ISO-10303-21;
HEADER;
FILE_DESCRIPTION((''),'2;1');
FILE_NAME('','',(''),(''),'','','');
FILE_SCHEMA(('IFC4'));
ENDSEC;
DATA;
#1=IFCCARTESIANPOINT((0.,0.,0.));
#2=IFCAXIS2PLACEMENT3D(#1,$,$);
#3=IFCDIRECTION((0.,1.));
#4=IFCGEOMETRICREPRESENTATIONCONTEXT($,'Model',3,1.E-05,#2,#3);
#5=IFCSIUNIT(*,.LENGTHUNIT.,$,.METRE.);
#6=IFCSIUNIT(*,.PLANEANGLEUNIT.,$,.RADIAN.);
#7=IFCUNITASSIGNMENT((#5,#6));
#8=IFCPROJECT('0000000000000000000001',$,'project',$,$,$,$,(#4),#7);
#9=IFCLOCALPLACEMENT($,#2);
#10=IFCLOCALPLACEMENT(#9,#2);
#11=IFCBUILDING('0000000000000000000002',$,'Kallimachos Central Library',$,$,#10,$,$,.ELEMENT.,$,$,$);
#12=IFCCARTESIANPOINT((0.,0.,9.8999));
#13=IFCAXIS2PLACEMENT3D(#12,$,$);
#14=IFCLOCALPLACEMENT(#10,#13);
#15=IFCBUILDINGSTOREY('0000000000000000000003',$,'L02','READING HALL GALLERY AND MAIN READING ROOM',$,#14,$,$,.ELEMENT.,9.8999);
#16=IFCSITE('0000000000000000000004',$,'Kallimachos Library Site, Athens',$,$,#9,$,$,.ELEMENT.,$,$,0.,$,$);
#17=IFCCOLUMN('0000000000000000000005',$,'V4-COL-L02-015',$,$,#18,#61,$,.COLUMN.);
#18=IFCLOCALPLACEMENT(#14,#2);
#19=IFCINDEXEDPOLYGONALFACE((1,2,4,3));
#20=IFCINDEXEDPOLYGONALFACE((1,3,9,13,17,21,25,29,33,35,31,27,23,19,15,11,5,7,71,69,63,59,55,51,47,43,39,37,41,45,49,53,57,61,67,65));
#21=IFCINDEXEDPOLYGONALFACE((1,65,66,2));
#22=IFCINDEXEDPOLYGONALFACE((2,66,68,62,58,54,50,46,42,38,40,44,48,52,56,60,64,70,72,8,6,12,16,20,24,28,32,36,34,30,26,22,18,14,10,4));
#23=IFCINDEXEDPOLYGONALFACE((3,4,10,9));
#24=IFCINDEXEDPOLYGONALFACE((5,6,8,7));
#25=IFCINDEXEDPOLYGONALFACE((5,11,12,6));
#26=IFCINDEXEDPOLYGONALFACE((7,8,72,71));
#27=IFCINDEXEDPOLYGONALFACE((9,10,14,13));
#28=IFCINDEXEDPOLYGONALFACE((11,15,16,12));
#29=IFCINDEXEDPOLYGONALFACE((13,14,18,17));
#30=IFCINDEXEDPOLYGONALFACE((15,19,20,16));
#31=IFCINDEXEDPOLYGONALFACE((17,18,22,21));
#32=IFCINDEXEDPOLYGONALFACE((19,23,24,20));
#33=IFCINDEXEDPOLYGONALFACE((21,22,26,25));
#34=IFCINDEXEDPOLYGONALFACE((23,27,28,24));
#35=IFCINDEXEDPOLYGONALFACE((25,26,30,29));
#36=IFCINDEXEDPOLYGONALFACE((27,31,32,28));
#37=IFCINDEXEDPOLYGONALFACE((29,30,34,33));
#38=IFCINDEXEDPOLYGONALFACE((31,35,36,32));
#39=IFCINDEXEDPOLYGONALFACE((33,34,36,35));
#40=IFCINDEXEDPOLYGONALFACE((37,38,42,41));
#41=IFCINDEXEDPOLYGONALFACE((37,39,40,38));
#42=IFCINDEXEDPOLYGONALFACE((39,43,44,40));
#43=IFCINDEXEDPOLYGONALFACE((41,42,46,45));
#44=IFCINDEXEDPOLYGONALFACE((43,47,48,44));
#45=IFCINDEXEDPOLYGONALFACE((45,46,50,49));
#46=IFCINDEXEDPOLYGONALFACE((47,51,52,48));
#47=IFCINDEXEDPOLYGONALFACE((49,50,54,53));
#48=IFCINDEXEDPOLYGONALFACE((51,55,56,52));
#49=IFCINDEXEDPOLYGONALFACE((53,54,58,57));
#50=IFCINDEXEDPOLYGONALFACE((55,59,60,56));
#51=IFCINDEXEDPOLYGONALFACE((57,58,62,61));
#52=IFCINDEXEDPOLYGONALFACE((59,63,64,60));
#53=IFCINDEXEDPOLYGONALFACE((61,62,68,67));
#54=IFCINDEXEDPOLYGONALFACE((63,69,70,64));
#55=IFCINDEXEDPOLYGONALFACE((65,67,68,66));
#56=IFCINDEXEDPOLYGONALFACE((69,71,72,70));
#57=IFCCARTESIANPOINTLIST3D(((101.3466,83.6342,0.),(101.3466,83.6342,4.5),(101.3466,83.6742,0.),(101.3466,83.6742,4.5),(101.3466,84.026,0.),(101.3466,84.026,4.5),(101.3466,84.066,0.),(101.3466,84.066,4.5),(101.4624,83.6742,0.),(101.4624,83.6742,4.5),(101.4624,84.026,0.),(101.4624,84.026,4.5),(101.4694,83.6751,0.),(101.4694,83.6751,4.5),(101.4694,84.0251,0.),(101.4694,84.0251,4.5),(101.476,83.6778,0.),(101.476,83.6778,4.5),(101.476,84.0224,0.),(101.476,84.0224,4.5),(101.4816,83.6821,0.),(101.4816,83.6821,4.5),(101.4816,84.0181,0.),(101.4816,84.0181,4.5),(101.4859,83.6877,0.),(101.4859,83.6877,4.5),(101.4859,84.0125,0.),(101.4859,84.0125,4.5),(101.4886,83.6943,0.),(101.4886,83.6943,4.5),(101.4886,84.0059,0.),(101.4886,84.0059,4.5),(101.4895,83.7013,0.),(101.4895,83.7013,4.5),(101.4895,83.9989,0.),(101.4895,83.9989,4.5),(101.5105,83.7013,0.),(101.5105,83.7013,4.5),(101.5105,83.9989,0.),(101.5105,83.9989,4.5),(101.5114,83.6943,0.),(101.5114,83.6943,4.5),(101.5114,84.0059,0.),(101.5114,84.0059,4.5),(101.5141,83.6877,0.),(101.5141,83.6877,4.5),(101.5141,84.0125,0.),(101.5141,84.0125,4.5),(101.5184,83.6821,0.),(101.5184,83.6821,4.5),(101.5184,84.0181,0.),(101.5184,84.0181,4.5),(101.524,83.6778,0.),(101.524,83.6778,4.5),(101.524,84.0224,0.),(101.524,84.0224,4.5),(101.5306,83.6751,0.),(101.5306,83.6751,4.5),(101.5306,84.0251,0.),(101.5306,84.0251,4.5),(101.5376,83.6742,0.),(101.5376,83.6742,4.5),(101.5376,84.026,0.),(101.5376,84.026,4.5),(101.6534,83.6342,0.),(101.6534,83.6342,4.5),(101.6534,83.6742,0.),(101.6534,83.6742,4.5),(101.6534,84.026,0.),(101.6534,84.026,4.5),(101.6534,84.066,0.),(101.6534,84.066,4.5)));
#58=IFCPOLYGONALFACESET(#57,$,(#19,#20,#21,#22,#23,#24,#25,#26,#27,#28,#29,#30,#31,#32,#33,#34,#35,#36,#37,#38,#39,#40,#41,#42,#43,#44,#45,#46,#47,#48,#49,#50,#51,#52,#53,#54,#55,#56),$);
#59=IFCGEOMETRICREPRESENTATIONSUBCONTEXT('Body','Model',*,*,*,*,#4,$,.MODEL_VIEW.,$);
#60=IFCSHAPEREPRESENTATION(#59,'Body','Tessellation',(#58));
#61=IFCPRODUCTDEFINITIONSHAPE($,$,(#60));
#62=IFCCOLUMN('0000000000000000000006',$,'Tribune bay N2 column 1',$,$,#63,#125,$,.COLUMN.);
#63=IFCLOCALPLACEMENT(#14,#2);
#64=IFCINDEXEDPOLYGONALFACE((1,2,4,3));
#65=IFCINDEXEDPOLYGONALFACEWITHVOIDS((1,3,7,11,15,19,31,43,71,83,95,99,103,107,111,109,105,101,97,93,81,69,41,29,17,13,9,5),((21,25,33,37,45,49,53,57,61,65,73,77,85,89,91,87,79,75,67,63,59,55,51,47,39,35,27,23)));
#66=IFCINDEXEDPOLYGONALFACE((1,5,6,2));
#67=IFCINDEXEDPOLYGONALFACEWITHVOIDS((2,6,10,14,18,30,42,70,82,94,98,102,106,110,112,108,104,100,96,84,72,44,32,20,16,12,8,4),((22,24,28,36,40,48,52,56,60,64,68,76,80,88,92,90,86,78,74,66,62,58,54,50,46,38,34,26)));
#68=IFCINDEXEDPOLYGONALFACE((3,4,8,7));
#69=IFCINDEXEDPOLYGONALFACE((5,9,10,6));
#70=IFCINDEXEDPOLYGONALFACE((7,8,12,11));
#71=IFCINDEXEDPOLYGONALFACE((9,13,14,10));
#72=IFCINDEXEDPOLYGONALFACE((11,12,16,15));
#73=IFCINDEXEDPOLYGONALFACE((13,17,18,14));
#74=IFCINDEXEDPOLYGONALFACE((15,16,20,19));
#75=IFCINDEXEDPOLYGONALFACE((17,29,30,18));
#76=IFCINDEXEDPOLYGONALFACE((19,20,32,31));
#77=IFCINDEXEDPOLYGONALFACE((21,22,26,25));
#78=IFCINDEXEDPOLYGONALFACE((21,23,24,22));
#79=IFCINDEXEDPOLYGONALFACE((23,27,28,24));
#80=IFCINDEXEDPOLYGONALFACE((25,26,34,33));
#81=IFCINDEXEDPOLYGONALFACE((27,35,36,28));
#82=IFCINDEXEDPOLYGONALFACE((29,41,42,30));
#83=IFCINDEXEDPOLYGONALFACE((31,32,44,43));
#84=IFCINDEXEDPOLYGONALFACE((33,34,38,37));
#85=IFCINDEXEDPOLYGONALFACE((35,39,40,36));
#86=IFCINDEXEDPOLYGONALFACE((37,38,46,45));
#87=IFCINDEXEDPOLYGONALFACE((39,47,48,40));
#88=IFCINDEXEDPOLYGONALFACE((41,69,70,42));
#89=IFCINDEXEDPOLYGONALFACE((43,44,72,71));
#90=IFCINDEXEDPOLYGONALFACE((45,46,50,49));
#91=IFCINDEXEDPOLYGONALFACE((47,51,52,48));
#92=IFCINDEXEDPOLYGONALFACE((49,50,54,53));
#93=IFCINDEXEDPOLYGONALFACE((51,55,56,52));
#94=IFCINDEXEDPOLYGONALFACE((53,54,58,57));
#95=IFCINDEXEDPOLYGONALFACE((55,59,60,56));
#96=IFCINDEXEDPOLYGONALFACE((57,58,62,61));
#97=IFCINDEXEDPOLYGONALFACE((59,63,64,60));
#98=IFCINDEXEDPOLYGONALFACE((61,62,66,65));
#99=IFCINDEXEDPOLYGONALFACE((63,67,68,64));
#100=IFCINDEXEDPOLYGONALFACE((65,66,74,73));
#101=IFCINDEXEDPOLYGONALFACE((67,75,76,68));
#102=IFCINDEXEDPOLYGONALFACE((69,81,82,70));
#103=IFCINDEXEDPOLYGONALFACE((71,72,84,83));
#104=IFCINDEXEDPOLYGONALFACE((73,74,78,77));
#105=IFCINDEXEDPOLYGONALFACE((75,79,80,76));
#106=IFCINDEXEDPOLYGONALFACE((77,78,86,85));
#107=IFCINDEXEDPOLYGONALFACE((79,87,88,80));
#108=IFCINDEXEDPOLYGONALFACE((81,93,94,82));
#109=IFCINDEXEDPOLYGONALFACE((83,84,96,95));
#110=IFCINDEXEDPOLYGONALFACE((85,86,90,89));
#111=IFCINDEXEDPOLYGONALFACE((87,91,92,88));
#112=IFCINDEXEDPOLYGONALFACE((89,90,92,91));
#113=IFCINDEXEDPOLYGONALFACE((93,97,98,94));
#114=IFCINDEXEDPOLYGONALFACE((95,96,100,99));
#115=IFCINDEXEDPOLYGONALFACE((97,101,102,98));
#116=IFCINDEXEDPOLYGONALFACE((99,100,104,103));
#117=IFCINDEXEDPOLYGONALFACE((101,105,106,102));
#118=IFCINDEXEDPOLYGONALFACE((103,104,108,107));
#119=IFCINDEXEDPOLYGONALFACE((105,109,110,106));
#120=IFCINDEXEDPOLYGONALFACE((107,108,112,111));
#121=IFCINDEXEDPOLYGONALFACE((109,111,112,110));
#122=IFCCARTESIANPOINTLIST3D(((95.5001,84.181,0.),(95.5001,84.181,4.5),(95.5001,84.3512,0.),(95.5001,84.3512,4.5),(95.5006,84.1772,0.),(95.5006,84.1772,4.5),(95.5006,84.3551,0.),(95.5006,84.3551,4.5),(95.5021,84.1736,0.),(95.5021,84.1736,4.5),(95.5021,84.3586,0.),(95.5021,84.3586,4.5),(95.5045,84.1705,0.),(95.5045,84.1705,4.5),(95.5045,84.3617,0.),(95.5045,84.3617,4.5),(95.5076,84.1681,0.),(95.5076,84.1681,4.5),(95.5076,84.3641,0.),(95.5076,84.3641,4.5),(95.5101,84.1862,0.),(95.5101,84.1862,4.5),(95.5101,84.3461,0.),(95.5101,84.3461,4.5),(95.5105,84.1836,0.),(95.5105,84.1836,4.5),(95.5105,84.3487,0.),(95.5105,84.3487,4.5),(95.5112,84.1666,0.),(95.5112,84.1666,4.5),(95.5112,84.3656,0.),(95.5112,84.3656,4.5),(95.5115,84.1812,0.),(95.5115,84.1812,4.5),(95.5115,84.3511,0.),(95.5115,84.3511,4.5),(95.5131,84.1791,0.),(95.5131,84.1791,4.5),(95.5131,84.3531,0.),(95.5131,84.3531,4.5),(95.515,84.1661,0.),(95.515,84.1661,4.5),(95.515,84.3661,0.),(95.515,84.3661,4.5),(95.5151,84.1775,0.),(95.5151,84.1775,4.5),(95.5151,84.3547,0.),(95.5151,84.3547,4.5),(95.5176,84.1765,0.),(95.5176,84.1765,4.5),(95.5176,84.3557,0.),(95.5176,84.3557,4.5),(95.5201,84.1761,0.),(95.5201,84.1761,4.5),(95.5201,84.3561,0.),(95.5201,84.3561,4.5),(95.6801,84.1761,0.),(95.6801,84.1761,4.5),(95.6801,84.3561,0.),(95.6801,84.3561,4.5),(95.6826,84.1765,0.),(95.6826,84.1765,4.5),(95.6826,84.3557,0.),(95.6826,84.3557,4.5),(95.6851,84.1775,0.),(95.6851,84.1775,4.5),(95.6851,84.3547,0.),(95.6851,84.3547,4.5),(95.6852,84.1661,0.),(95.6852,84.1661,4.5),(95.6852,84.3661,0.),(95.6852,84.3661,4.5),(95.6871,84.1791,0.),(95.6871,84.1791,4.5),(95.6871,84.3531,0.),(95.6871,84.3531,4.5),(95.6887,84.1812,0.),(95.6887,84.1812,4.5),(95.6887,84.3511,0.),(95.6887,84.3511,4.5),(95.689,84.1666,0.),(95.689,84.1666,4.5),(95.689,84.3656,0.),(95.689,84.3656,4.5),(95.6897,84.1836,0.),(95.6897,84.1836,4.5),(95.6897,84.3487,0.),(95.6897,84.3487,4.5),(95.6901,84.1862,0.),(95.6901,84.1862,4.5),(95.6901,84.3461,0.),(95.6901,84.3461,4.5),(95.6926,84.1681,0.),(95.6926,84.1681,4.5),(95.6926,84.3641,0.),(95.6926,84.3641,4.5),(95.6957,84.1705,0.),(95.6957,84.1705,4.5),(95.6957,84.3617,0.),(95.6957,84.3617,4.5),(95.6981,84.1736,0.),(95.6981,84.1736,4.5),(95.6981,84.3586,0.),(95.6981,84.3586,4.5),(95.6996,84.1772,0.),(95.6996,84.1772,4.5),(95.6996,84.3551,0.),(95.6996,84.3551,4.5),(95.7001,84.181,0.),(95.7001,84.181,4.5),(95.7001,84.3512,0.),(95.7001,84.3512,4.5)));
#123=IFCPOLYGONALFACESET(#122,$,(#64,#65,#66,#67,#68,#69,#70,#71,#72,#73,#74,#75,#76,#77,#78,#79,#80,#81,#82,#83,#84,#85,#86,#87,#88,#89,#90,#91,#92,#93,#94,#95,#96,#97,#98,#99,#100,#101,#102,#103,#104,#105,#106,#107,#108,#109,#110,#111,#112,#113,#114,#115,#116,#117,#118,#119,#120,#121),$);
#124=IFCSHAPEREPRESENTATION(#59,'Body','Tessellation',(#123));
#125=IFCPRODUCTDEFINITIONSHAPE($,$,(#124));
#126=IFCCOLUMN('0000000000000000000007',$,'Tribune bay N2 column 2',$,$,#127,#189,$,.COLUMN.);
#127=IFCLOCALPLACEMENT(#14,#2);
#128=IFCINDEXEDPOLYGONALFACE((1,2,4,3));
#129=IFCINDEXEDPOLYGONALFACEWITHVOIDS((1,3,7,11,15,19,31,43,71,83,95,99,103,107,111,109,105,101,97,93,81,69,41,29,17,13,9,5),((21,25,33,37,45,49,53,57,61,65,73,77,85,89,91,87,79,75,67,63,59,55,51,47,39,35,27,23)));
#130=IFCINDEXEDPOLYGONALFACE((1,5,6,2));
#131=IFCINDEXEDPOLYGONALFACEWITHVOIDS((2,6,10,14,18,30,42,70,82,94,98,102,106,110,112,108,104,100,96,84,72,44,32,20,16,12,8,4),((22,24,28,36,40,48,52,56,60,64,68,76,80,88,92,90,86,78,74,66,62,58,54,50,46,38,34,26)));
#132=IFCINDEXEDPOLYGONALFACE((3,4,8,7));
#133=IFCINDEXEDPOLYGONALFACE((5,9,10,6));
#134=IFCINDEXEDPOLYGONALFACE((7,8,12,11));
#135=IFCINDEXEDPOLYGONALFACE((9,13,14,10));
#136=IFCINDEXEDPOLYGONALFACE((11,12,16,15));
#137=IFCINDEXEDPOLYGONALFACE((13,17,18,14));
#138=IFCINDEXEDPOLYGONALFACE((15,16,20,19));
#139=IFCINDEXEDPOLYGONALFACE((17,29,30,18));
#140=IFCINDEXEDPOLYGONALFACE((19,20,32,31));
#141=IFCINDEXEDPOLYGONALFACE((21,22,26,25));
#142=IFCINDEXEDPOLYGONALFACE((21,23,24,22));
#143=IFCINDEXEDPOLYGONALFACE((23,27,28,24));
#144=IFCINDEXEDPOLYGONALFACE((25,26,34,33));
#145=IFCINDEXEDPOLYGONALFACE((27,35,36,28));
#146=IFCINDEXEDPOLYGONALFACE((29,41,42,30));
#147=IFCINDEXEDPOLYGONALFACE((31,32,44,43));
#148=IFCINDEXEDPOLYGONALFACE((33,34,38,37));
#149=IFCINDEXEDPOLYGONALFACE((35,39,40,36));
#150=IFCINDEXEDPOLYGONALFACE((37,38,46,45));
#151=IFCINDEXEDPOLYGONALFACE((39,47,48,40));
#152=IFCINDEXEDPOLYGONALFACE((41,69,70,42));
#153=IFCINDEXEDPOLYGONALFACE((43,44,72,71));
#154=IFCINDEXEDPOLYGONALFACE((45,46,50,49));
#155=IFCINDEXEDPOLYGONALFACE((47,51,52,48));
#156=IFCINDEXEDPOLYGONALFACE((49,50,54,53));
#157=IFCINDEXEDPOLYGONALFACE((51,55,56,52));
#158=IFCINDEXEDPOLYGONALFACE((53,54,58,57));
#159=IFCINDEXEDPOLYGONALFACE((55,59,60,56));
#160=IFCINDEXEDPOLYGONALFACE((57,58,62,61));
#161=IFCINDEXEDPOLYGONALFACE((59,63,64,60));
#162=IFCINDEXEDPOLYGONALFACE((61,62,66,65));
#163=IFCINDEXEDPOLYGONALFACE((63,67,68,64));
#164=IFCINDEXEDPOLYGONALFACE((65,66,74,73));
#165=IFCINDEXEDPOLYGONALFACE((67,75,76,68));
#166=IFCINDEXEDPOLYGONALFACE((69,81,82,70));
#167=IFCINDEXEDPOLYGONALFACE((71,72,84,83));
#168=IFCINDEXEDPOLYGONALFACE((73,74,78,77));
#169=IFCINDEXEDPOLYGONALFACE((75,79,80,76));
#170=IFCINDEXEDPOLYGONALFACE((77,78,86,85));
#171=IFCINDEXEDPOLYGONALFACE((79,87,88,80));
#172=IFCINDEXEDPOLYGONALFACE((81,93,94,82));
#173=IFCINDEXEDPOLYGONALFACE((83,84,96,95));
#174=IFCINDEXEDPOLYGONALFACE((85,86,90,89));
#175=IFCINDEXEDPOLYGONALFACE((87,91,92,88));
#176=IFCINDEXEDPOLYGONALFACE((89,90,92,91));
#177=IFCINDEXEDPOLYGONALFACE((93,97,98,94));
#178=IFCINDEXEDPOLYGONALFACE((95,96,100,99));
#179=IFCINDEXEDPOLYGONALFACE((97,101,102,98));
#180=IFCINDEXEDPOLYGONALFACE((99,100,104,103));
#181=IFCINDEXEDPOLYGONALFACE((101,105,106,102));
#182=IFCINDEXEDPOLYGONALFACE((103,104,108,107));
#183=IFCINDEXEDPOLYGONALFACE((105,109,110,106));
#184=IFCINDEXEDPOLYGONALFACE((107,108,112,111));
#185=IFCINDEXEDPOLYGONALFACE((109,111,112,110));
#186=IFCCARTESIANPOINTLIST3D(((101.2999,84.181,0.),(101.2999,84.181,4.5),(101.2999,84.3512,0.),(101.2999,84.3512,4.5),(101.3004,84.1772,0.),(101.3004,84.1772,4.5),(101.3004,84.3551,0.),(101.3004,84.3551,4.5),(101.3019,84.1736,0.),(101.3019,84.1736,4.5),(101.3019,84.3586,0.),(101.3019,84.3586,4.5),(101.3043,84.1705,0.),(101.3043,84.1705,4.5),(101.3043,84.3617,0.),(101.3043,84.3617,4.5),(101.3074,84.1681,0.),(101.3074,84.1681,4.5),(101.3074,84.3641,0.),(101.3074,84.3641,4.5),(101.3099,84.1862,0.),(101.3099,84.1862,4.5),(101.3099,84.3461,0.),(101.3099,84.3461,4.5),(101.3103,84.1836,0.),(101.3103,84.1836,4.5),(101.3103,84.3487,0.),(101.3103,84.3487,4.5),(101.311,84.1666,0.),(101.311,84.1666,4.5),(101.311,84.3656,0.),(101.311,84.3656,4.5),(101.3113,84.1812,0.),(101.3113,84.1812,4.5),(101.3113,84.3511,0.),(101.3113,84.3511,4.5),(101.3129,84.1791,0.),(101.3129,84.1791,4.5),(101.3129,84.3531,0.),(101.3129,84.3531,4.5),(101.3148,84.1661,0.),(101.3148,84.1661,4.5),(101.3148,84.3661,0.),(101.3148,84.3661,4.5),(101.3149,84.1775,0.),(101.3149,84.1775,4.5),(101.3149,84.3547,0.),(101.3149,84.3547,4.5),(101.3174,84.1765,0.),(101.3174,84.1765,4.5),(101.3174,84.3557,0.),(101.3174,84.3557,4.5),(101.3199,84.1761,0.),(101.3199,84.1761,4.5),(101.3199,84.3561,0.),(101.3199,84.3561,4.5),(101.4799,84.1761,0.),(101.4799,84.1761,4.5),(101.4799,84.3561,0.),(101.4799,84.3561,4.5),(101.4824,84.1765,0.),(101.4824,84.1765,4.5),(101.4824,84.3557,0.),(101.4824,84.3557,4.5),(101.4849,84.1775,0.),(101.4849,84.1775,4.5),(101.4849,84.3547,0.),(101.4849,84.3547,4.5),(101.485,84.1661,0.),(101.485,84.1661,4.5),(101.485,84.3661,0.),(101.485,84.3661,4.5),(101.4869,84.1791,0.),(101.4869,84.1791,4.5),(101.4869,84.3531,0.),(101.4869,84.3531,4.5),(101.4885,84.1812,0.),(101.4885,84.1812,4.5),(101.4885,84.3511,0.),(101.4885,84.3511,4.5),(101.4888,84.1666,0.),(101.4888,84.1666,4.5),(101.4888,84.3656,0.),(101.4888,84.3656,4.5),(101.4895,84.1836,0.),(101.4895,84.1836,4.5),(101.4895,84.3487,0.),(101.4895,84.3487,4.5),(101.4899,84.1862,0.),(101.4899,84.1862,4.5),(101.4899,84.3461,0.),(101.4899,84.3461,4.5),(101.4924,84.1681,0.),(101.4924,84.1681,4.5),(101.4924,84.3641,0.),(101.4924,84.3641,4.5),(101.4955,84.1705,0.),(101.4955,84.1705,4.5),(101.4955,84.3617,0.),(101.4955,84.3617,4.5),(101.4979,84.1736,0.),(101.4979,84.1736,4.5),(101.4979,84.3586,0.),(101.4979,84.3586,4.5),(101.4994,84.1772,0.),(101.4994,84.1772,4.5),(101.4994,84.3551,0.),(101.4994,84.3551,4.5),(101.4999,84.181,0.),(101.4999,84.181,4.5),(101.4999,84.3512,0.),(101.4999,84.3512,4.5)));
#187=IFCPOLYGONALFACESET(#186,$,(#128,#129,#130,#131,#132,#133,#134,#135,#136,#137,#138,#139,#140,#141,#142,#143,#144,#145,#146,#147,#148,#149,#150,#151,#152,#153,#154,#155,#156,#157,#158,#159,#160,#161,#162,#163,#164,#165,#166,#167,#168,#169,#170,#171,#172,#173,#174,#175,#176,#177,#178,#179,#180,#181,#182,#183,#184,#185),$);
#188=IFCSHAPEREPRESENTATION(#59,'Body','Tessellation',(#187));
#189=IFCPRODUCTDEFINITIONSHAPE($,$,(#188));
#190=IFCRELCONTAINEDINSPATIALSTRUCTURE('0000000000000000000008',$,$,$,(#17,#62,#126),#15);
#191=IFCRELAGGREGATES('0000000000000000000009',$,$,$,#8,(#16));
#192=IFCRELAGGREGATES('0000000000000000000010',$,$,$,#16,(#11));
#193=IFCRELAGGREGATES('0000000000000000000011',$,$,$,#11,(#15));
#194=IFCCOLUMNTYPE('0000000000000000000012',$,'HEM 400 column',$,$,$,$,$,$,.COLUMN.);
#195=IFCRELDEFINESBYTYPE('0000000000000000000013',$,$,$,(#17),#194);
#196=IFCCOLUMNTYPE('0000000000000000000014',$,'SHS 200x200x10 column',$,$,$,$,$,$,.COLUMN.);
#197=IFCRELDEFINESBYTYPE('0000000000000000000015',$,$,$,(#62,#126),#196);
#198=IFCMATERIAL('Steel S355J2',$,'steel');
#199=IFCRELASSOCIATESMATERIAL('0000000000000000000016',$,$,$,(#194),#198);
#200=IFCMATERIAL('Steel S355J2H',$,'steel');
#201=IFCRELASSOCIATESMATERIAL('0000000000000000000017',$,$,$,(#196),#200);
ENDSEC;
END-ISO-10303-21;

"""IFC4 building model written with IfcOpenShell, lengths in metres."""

from ifc_helpers import new_model, si_unit, direction, frame, origin, origin_2d, place, context, subcontext, project, spatial, hollow_rectangle, i_section, extrude, material, material_profile, profile_set, type_object, element, save


model = new_model("IFC4")

# Units and contexts
model_context = context("Model", 3, precision=1e-05, world=origin(), true_north=direction((0.0, 1.0)))
body_context = subcontext(model_context, "Body", "Model", "MODEL_VIEW")
ifc_project = project(units=[si_unit("LENGTHUNIT", "METRE"), si_unit("PLANEANGLEUNIT", "RADIAN")], contexts=[model_context])

# Site, building, storey
site_placement = place(None, origin())
site = spatial("IfcSite", under=ifc_project, at=site_placement, Name="Kallimachos Library Site, Athens", CompositionType="ELEMENT", RefElevation=0.0)
building_placement = place(site_placement, origin())
building = spatial("IfcBuilding", under=site, at=building_placement, Name="Kallimachos Central Library", CompositionType="ELEMENT")
storey_placement = place(building_placement, frame((0.0, 0.0, 9.8999)))
storey = spatial("IfcBuildingStorey", under=building, at=storey_placement, Name="L02", Description="READING HALL GALLERY AND MAIN READING ROOM", CompositionType="ELEMENT", Elevation=9.8999)

# Columns
ifc_material_1 = material(Name="Steel S355J2", Category="steel")
ifc_material_profile_1 = material_profile(ifc_material_1, i_section(OverallWidth=0.3069, OverallDepth=0.4319, WebThickness=0.021, FlangeThickness=0.04, FilletRadius=0.0271, at=origin_2d()), Name="HEM 400")
ifc_profile_set_1 = profile_set([ifc_material_profile_1], Name="Steel S355J2")
column_type_1 = type_object("IfcColumnType", Name="HEM 400 column", PredefinedType="COLUMN", material=ifc_profile_set_1)
column_placement = place(storey_placement, frame((101.5, 83.8501, 0.0), z_axis=(0.0, 0.0, 1.0), x_axis=(1.0, 0.0, 0.0)))
element("IfcColumn", 1, at=column_placement, inside=storey, type_object=column_type_1, Name="V4-COL-L02-015", PredefinedType="COLUMN", context=body_context, shape_type="SweptSolid", body=[
    extrude(i_section(OverallWidth=0.3069, OverallDepth=0.4319, WebThickness=0.021, FlangeThickness=0.04, FilletRadius=0.0271, at=origin_2d()), origin(), (0.0, 0.0, 1.0), 4.5),
])
ifc_material_2 = material(Name="Steel S355J2H", Category="steel")
ifc_material_profile_2 = material_profile(ifc_material_2, hollow_rectangle(XDim=0.2, YDim=0.2, WallThickness=0.01, InnerFilletRadius=0.01, OuterFilletRadius=0.0149, at=origin_2d()), Name="SHS 200x200x10")
ifc_profile_set_2 = profile_set([ifc_material_profile_2], Name="Steel S355J2H")
column_type_2 = type_object("IfcColumnType", Name="SHS 200x200x10 column", PredefinedType="COLUMN", material=ifc_profile_set_2)
for number, where, z_axis, x_axis, name in (
    (2, (95.6001, 84.2661, 0.0), (0.0, 0.0, 1.0), (1.0, 0.0, 0.0), "Tribune bay N2 column 1"),
    (3, (101.3999, 84.2661, 0.0), (0.0, 0.0, 1.0), (1.0, 0.0, 0.0), "Tribune bay N2 column 2"),
):
    element("IfcColumn", number, at=place(storey_placement, frame(where, z_axis=z_axis, x_axis=x_axis)), inside=storey, type_object=column_type_2, Name=name, PredefinedType="COLUMN", context=body_context, shape_type="SweptSolid", body=[
        extrude(hollow_rectangle(XDim=0.2, YDim=0.2, WallThickness=0.01, InnerFilletRadius=0.01, OuterFilletRadius=0.0149, at=origin_2d()), origin(), (0.0, 0.0, 1.0), 4.5),
    ])

save(model, "model.ifc")
